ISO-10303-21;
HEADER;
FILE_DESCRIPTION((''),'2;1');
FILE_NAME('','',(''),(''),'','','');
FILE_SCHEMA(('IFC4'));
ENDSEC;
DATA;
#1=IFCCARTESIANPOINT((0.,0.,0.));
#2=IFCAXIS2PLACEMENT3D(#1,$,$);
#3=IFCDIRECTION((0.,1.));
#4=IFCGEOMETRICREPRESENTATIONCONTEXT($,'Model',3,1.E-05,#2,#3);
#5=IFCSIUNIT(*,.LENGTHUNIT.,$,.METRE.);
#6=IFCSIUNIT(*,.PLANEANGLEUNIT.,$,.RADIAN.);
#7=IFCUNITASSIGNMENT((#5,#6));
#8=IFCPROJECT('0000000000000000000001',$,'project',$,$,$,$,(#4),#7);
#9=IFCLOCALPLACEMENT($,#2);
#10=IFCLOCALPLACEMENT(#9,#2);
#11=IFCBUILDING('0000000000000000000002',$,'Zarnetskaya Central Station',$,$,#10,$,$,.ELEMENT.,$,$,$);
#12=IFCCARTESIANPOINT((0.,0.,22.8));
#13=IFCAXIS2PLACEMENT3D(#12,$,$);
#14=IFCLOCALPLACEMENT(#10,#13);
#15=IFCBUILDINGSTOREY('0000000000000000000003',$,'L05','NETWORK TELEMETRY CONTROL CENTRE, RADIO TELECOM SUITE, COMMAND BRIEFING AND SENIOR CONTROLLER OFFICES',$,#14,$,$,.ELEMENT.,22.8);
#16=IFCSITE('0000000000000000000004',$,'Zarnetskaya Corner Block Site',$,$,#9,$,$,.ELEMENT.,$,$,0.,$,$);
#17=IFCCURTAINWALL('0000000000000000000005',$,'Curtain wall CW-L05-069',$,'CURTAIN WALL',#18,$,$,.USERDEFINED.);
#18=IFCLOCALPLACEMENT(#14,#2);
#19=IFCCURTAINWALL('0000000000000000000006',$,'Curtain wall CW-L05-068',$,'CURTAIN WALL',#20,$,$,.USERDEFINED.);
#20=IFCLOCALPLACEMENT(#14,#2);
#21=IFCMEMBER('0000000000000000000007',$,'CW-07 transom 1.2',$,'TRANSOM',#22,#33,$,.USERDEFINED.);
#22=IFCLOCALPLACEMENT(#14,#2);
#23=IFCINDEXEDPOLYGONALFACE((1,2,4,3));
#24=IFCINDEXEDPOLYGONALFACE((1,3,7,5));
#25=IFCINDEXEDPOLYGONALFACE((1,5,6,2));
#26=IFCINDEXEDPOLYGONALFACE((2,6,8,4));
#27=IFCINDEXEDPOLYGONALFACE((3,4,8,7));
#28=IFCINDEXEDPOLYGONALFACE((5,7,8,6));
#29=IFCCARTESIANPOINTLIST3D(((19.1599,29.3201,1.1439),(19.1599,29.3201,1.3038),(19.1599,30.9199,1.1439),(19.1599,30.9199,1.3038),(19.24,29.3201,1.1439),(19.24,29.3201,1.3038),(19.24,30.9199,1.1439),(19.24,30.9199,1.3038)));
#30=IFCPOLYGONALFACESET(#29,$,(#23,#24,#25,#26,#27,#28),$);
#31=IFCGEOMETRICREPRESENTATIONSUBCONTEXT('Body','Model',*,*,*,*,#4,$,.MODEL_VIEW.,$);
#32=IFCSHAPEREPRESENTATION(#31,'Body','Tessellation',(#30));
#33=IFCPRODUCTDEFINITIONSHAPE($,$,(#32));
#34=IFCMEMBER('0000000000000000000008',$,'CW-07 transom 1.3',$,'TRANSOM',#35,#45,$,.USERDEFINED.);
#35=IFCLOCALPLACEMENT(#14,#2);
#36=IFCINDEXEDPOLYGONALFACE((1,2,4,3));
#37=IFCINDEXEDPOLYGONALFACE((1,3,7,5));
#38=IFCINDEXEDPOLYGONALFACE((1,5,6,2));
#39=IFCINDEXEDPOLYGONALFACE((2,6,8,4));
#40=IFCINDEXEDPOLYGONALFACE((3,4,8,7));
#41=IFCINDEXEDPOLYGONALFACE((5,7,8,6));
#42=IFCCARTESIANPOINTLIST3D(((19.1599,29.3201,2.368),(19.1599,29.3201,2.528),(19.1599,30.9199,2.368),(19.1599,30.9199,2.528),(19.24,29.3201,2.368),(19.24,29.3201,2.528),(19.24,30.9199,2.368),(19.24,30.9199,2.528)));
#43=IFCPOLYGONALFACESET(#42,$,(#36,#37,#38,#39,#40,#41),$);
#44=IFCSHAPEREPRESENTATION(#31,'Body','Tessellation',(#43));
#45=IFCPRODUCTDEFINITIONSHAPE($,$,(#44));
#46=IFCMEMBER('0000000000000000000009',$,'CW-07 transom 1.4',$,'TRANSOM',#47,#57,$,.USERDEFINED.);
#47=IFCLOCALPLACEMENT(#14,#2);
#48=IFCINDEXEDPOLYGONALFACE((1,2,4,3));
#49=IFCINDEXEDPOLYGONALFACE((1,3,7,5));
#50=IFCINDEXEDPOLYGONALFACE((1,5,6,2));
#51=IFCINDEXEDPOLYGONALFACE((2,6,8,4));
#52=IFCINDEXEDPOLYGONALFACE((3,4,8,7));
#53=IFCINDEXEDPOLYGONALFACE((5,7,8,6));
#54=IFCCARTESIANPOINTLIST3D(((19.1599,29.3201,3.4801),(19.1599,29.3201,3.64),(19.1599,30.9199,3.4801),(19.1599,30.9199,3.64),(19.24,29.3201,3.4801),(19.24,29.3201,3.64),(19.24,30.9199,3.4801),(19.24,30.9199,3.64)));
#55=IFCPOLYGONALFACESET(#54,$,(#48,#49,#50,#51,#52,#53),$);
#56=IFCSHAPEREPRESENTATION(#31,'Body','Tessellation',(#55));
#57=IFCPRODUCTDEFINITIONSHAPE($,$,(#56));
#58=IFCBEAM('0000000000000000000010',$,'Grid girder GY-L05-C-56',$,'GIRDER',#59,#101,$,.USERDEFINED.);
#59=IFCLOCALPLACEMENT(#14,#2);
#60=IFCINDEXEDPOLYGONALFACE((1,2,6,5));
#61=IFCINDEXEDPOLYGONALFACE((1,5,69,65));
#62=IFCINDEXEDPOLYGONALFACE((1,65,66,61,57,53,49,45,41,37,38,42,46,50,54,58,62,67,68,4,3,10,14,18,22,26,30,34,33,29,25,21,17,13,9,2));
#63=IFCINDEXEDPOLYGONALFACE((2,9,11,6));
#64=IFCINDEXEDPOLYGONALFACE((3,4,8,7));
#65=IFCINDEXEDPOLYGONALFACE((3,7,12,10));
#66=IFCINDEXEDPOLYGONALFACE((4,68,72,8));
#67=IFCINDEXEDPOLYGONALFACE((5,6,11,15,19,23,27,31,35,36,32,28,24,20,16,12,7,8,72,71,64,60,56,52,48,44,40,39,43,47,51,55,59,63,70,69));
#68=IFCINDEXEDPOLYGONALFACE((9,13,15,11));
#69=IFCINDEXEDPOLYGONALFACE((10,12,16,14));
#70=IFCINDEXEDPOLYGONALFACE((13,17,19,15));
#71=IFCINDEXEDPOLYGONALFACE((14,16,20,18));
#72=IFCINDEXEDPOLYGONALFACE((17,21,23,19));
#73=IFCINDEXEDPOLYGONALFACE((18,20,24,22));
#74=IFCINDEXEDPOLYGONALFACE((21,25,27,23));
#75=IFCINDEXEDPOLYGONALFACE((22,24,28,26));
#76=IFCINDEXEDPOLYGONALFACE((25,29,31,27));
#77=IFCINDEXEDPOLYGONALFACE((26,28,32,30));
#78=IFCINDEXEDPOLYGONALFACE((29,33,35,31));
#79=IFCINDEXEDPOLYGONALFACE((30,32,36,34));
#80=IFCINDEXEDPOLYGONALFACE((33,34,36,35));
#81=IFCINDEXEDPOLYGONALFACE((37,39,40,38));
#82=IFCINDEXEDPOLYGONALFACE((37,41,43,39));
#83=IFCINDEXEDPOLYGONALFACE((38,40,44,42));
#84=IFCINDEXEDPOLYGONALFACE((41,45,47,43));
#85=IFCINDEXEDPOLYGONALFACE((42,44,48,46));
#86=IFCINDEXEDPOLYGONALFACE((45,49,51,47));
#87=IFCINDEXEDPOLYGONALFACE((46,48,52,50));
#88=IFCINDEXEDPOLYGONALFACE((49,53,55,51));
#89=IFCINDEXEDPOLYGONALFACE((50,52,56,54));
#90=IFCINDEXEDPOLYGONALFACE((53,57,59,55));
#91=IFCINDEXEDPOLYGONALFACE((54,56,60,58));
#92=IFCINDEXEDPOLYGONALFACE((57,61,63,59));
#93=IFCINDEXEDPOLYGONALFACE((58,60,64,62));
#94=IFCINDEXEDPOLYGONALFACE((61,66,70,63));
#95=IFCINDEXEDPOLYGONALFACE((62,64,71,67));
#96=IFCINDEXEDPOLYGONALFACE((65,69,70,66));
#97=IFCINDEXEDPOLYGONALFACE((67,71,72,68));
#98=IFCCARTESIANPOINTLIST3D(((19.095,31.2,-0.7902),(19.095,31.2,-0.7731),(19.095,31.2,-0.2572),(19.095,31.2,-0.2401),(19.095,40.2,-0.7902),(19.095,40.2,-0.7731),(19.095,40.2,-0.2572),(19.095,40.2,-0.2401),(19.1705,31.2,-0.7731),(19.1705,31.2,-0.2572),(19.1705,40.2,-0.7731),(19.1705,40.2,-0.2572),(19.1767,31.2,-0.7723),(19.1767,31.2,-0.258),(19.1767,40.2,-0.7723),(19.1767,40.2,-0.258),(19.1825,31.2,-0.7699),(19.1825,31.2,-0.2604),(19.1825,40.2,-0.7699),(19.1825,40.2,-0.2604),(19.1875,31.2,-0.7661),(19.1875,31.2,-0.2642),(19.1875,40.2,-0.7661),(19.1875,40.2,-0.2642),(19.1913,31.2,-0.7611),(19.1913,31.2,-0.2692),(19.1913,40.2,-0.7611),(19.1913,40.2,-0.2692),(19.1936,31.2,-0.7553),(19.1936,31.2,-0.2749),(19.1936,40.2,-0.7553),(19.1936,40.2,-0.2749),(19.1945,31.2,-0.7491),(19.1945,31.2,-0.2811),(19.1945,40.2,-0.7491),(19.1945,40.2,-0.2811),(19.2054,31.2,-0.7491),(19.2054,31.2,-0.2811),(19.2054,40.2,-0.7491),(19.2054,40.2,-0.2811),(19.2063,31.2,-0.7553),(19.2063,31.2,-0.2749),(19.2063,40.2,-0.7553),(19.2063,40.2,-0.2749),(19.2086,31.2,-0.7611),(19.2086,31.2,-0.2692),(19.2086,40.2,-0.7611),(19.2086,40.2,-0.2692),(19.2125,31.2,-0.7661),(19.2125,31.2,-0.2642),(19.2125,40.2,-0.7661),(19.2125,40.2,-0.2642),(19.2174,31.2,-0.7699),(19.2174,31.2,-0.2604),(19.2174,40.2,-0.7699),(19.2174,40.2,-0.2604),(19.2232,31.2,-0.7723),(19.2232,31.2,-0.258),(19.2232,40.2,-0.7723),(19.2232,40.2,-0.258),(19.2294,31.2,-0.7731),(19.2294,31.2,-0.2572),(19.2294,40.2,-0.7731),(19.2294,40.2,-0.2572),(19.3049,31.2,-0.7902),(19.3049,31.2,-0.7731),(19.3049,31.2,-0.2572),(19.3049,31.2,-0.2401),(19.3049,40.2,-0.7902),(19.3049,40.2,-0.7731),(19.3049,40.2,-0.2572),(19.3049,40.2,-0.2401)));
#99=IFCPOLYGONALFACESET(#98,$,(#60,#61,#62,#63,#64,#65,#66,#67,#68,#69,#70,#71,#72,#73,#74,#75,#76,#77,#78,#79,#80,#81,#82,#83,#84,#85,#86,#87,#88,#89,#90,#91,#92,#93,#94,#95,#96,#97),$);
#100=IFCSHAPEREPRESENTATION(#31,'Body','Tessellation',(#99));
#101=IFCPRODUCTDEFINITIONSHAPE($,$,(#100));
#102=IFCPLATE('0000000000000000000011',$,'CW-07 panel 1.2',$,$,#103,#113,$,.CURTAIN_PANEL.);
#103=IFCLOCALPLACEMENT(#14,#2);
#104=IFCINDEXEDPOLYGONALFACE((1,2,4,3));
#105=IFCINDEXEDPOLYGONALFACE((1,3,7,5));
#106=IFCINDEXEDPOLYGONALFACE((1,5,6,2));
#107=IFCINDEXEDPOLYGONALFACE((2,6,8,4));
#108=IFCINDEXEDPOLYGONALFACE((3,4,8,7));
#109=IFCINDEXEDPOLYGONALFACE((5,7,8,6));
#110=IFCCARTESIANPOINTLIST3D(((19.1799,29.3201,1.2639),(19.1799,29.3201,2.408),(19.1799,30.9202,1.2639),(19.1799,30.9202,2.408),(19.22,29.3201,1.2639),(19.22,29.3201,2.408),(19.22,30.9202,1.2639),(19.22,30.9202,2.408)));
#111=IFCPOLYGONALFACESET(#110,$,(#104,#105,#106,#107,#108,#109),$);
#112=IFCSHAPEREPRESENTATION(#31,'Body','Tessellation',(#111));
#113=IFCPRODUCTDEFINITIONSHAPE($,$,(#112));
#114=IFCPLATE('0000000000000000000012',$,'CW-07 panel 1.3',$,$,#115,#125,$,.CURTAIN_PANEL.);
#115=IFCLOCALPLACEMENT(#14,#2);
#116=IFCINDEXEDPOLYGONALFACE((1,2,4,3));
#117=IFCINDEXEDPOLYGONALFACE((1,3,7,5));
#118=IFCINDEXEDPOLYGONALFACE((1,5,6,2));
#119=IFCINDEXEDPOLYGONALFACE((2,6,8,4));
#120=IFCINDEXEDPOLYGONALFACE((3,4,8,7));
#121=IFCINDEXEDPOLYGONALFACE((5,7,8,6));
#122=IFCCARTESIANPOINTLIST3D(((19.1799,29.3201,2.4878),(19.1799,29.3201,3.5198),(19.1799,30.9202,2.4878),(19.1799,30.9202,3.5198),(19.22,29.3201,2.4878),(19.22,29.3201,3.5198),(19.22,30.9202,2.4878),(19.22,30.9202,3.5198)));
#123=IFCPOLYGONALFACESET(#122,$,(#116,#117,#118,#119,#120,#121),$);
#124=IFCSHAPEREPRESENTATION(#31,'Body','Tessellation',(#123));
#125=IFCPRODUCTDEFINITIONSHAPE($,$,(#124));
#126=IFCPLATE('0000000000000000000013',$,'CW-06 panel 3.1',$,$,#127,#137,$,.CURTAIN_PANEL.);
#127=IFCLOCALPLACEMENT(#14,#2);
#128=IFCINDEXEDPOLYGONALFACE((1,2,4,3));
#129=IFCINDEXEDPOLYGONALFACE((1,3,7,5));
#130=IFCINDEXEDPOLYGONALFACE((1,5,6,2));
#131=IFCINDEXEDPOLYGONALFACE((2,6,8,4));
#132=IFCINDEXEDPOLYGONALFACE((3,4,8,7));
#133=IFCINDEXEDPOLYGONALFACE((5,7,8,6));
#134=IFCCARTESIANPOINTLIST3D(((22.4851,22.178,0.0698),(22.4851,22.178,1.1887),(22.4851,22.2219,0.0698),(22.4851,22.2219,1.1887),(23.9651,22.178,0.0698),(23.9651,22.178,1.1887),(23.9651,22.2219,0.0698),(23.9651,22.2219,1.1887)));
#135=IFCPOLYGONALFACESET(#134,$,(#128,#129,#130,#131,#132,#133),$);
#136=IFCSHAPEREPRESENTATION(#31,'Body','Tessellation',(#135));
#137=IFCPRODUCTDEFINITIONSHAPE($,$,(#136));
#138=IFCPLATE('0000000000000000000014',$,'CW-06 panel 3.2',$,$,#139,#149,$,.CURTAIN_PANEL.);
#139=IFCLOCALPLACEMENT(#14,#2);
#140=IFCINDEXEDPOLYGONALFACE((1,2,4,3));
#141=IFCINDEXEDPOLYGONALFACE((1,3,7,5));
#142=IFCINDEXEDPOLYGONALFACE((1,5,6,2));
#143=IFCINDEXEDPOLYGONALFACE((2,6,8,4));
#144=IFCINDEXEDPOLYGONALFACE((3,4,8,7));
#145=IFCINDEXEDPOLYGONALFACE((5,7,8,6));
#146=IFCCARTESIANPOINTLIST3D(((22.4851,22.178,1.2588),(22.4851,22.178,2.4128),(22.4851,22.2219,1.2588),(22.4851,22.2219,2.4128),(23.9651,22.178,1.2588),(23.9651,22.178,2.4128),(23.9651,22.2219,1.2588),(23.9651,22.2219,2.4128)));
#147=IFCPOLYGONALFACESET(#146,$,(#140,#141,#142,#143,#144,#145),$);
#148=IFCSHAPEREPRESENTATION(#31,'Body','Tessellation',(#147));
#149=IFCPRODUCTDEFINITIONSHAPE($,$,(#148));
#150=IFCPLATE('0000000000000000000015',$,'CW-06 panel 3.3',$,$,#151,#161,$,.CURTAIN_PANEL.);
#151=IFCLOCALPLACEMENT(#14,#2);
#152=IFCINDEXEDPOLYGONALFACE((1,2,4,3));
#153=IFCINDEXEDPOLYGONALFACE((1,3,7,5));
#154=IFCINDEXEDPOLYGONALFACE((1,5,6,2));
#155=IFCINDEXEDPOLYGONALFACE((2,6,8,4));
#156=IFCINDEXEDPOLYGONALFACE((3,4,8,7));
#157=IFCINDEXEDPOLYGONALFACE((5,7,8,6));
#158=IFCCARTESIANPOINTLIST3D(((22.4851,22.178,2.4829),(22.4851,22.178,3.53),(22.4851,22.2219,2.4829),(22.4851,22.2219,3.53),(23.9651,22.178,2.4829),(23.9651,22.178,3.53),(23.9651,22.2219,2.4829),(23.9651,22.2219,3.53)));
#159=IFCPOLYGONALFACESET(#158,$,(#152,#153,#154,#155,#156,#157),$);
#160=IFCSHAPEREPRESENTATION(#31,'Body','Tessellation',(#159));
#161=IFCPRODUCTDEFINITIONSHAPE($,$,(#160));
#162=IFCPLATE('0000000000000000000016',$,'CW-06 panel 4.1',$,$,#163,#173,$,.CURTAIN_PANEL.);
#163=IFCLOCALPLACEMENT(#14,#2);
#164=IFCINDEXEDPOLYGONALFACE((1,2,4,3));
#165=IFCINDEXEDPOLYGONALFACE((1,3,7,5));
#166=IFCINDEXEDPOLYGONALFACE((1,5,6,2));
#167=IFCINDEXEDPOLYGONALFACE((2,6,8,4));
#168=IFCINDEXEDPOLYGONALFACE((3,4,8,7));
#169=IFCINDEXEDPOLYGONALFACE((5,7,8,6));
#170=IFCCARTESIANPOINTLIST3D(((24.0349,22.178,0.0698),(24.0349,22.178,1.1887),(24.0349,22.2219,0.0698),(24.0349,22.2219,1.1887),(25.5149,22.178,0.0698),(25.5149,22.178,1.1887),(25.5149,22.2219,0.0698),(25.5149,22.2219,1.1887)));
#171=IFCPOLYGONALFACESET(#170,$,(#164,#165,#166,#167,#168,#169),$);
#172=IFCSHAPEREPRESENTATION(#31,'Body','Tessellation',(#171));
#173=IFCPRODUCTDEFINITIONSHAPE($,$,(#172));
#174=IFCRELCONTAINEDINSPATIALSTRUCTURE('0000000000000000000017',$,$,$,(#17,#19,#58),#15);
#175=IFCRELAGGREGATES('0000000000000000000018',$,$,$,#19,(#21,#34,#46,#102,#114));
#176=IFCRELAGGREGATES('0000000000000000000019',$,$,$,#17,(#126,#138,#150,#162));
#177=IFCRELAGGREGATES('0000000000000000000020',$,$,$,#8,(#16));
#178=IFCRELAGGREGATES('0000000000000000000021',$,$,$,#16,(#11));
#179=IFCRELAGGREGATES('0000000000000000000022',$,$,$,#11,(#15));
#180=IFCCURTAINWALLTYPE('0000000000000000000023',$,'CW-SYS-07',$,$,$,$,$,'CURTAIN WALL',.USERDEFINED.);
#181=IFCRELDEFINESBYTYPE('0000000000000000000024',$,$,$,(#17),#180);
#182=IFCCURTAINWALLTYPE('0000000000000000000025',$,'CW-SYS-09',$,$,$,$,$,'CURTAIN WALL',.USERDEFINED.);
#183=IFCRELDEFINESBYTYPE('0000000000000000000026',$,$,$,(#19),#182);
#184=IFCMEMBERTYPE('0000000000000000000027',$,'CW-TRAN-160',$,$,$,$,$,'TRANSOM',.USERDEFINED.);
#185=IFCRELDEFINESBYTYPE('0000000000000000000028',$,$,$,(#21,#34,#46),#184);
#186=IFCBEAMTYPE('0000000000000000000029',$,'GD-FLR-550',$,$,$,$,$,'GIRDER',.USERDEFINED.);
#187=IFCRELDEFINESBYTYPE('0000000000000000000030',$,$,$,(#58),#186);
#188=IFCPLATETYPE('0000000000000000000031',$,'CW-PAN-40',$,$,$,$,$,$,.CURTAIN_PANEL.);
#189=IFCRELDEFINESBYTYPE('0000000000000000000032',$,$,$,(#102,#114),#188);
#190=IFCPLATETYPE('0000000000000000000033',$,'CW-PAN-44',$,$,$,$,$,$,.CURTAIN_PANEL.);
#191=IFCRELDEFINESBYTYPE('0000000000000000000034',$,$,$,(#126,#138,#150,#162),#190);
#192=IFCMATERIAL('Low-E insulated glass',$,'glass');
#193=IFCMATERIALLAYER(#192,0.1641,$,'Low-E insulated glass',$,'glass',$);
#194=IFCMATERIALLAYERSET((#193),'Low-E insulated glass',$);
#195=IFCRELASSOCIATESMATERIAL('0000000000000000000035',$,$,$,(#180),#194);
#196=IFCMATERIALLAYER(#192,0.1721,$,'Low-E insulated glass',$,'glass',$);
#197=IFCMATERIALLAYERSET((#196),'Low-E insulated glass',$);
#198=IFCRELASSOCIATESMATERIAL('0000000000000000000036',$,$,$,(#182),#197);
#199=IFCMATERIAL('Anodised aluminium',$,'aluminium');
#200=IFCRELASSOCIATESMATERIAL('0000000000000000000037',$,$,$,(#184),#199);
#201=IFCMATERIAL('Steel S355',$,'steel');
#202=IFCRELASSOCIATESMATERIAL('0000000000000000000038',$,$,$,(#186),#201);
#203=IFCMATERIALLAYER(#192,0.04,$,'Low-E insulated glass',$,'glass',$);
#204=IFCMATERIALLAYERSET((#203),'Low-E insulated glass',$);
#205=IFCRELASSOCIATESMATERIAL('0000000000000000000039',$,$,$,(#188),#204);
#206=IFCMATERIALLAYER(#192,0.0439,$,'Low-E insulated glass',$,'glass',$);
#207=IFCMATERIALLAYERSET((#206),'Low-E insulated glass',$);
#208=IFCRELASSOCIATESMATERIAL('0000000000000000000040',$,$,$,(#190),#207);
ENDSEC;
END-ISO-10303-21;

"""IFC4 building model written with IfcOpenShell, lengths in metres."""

from ifc_helpers import new_model, si_unit, direction, frame, origin, origin_2d, place, context, subcontext, project, spatial, rectangle, i_section, extrude, material, layer, layer_set, material_profile, profile_set, type_object, element, aggregate, save


model = new_model("IFC4")

# Units and contexts
model_context = context("Model", 3, precision=1e-05, world=origin(), true_north=direction((0.0, 1.0)))
body_context = subcontext(model_context, "Body", "Model", "MODEL_VIEW")
ifc_project = project(units=[si_unit("LENGTHUNIT", "METRE"), si_unit("PLANEANGLEUNIT", "RADIAN")], contexts=[model_context])

# Site, building, storey
site_placement = place(None, origin())
site = spatial("IfcSite", under=ifc_project, at=site_placement, Name="Zarnetskaya Corner Block Site", CompositionType="ELEMENT", RefElevation=0.0)
building_placement = place(site_placement, origin())
building = spatial("IfcBuilding", under=site, at=building_placement, Name="Zarnetskaya Central Station", CompositionType="ELEMENT")
storey_placement = place(building_placement, frame((0.0, 0.0, 22.8)))
storey = spatial("IfcBuildingStorey", under=building, at=storey_placement, Name="L05", Description="NETWORK TELEMETRY CONTROL CENTRE, RADIO TELECOM SUITE, COMMAND BRIEFING AND SENIOR CONTROLLER OFFICES", CompositionType="ELEMENT", Elevation=22.8)

# Shared definitions
ifc_material_1 = material(Name="Steel S355", Category="steel")

# Curtain walls
ifc_material_2 = material(Name="Low-E insulated glass", Category="glass")
ifc_layer_1 = layer(ifc_material_2, 0.1641, Name="Low-E insulated glass", Category="glass")
ifc_layer_set_1 = layer_set([ifc_layer_1], Name="Low-E insulated glass")
curtain_wall_type_1 = type_object("IfcCurtainWallType", Name="CW-SYS-07", ElementType="CURTAIN WALL", PredefinedType="USERDEFINED", material=ifc_layer_set_1)
curtain_wall_1_placement = place(storey_placement, origin())
curtain_wall_1 = element("IfcCurtainWall", 1, at=curtain_wall_1_placement, inside=storey, type_object=curtain_wall_type_1, Name="Curtain wall CW-L05-069", ObjectType="CURTAIN WALL", PredefinedType="USERDEFINED")
ifc_material_3 = material(Name="Anodised aluminium", Category="aluminium")
ifc_layer_2 = layer(ifc_material_2, 0.1721, Name="Low-E insulated glass", Category="glass")
ifc_layer_set_2 = layer_set([ifc_layer_2], Name="Low-E insulated glass")
curtain_wall_type_2 = type_object("IfcCurtainWallType", Name="CW-SYS-09", ElementType="CURTAIN WALL", PredefinedType="USERDEFINED", material=ifc_layer_set_2)
curtain_wall_2_placement = place(storey_placement, origin())
curtain_wall_2 = element("IfcCurtainWall", 2, at=curtain_wall_2_placement, inside=storey, type_object=curtain_wall_type_2, Name="Curtain wall CW-L05-068", ObjectType="CURTAIN WALL", PredefinedType="USERDEFINED")

# Members
ifc_material_profile_1 = material_profile(ifc_material_3, rectangle(XDim=0.0801, YDim=0.1599, at=origin_2d()), Name="ALU TRAN 80x160")
ifc_profile_set_1 = profile_set([ifc_material_profile_1], Name="Anodised aluminium")
member_type_1 = type_object("IfcMemberType", Name="CW-TRAN-160", ElementType="TRANSOM", PredefinedType="USERDEFINED", material=ifc_profile_set_1)
member_1_placement = place(storey_placement, frame((19.2, 30.9199, 1.2239), z_axis=(0.0, -1.0, 0.0), x_axis=(1.0, 0.0, 0.0)))
member_1 = element("IfcMember", 3, at=member_1_placement, type_object=member_type_1, Name="CW-07 transom 1.2", ObjectType="TRANSOM", PredefinedType="USERDEFINED", context=body_context, shape_type="SweptSolid", body=[
    extrude(rectangle(XDim=0.0801, YDim=0.1599, at=origin_2d()), origin(), (0.0, 0.0, 1.0), 1.5999),
])
member_2_placement = place(storey_placement, frame((19.2, 30.9199, 2.448), z_axis=(0.0, -1.0, 0.0), x_axis=(1.0, 0.0, 0.0)))
member_2 = element("IfcMember", 4, at=member_2_placement, type_object=member_type_1, Name="CW-07 transom 1.3", ObjectType="TRANSOM", PredefinedType="USERDEFINED", context=body_context, shape_type="SweptSolid", body=[
    extrude(rectangle(XDim=0.0801, YDim=0.1599, at=origin_2d()), origin(), (0.0, 0.0, 1.0), 1.5999),
])
member_3_placement = place(storey_placement, frame((19.2, 30.9199, 3.5601), z_axis=(0.0, -1.0, 0.0), x_axis=(1.0, 0.0, 0.0)))
member_3 = element("IfcMember", 5, at=member_3_placement, type_object=member_type_1, Name="CW-07 transom 1.4", ObjectType="TRANSOM", PredefinedType="USERDEFINED", context=body_context, shape_type="SweptSolid", body=[
    extrude(rectangle(XDim=0.0801, YDim=0.1599, at=origin_2d()), origin(), (0.0, 0.0, 1.0), 1.5999),
])

# Beam
ifc_material_profile_2 = material_profile(ifc_material_1, i_section(OverallWidth=0.21, OverallDepth=0.55, WebThickness=0.011, FlangeThickness=0.0171, FilletRadius=0.0239, at=origin_2d()), Name="IPE 550")
ifc_profile_set_2 = profile_set([ifc_material_profile_2], Name="Steel S355")
beam_type = type_object("IfcBeamType", Name="GD-FLR-550", ElementType="GIRDER", PredefinedType="USERDEFINED", material=ifc_profile_set_2)
beam_placement = place(storey_placement, frame((19.2, 31.2, -0.5151), z_axis=(0.0, 1.0, 0.0), x_axis=(-1.0, 0.0, 0.0)))
element("IfcBeam", 6, at=beam_placement, inside=storey, type_object=beam_type, Name="Grid girder GY-L05-C-56", ObjectType="GIRDER", PredefinedType="USERDEFINED", context=body_context, shape_type="SweptSolid", body=[
    extrude(i_section(OverallWidth=0.21, OverallDepth=0.55, WebThickness=0.011, FlangeThickness=0.0171, FilletRadius=0.0239, at=origin_2d()), origin(), (0.0, 0.0, 1.0), 9.0),
])

# Plates
ifc_layer_3 = layer(ifc_material_2, 0.04, Name="Low-E insulated glass", Category="glass")
ifc_layer_set_3 = layer_set([ifc_layer_3], Name="Low-E insulated glass")
plate_type_1 = type_object("IfcPlateType", Name="CW-PAN-40", PredefinedType="CURTAIN_PANEL", material=ifc_layer_set_3)
plate_1_placement = place(storey_placement, frame((19.2, 30.1201, 1.2639), z_axis=(0.0, 0.0, 1.0), x_axis=(0.0, -1.0, 0.0)))
plate_1 = element("IfcPlate", 7, at=plate_1_placement, type_object=plate_type_1, Name="CW-07 panel 1.2", PredefinedType="CURTAIN_PANEL", context=body_context, shape_type="SweptSolid", body=[
    extrude(rectangle(XDim=1.6001, YDim=0.04, at=origin_2d()), origin(), (0.0, 0.0, 1.0), 1.144),
])
plate_2_placement = place(storey_placement, frame((19.2, 30.1201, 2.4878), z_axis=(0.0, 0.0, 1.0), x_axis=(0.0, -1.0, 0.0)))
plate_2 = element("IfcPlate", 8, at=plate_2_placement, type_object=plate_type_1, Name="CW-07 panel 1.3", PredefinedType="CURTAIN_PANEL", context=body_context, shape_type="SweptSolid", body=[
    extrude(rectangle(XDim=1.6001, YDim=0.04, at=origin_2d()), origin(), (0.0, 0.0, 1.0), 1.032),
])
aggregate(curtain_wall_2, [member_1, member_2, member_3, plate_1, plate_2])
ifc_layer_4 = layer(ifc_material_2, 0.0439, Name="Low-E insulated glass", Category="glass")
ifc_layer_set_4 = layer_set([ifc_layer_4], Name="Low-E insulated glass")
plate_type_2 = type_object("IfcPlateType", Name="CW-PAN-44", PredefinedType="CURTAIN_PANEL", material=ifc_layer_set_4)
plate_3_placement = place(storey_placement, frame((23.2251, 22.2, 0.0698), z_axis=(0.0, 0.0, 1.0), x_axis=(1.0, 0.0, 0.0)))
plate_3 = element("IfcPlate", 9, at=plate_3_placement, type_object=plate_type_2, Name="CW-06 panel 3.1", PredefinedType="CURTAIN_PANEL", context=body_context, shape_type="SweptSolid", body=[
    extrude(rectangle(XDim=1.48, YDim=0.0439, at=origin_2d()), origin(), (0.0, 0.0, 1.0), 1.1189),
])
plate_4_placement = place(storey_placement, frame((23.2251, 22.2, 1.2588), z_axis=(0.0, 0.0, 1.0), x_axis=(1.0, 0.0, 0.0)))
plate_4 = element("IfcPlate", 10, at=plate_4_placement, type_object=plate_type_2, Name="CW-06 panel 3.2", PredefinedType="CURTAIN_PANEL", context=body_context, shape_type="SweptSolid", body=[
    extrude(rectangle(XDim=1.48, YDim=0.0439, at=origin_2d()), origin(), (0.0, 0.0, 1.0), 1.1541),
])
plate_5_placement = place(storey_placement, frame((23.2251, 22.2, 2.4829), z_axis=(0.0, 0.0, 1.0), x_axis=(1.0, 0.0, 0.0)))
plate_5 = element("IfcPlate", 11, at=plate_5_placement, type_object=plate_type_2, Name="CW-06 panel 3.3", PredefinedType="CURTAIN_PANEL", context=body_context, shape_type="SweptSolid", body=[
    extrude(rectangle(XDim=1.48, YDim=0.0439, at=origin_2d()), origin(), (0.0, 0.0, 1.0), 1.0471),
])
plate_6_placement = place(storey_placement, frame((24.7749, 22.2, 0.0698), z_axis=(0.0, 0.0, 1.0), x_axis=(1.0, 0.0, 0.0)))
plate_6 = element("IfcPlate", 12, at=plate_6_placement, type_object=plate_type_2, Name="CW-06 panel 4.1", PredefinedType="CURTAIN_PANEL", context=body_context, shape_type="SweptSolid", body=[
    extrude(rectangle(XDim=1.48, YDim=0.0439, at=origin_2d()), origin(), (0.0, 0.0, 1.0), 1.1189),
])
aggregate(curtain_wall_1, [plate_3, plate_4, plate_5, plate_6])

save(model, "model.ifc")
